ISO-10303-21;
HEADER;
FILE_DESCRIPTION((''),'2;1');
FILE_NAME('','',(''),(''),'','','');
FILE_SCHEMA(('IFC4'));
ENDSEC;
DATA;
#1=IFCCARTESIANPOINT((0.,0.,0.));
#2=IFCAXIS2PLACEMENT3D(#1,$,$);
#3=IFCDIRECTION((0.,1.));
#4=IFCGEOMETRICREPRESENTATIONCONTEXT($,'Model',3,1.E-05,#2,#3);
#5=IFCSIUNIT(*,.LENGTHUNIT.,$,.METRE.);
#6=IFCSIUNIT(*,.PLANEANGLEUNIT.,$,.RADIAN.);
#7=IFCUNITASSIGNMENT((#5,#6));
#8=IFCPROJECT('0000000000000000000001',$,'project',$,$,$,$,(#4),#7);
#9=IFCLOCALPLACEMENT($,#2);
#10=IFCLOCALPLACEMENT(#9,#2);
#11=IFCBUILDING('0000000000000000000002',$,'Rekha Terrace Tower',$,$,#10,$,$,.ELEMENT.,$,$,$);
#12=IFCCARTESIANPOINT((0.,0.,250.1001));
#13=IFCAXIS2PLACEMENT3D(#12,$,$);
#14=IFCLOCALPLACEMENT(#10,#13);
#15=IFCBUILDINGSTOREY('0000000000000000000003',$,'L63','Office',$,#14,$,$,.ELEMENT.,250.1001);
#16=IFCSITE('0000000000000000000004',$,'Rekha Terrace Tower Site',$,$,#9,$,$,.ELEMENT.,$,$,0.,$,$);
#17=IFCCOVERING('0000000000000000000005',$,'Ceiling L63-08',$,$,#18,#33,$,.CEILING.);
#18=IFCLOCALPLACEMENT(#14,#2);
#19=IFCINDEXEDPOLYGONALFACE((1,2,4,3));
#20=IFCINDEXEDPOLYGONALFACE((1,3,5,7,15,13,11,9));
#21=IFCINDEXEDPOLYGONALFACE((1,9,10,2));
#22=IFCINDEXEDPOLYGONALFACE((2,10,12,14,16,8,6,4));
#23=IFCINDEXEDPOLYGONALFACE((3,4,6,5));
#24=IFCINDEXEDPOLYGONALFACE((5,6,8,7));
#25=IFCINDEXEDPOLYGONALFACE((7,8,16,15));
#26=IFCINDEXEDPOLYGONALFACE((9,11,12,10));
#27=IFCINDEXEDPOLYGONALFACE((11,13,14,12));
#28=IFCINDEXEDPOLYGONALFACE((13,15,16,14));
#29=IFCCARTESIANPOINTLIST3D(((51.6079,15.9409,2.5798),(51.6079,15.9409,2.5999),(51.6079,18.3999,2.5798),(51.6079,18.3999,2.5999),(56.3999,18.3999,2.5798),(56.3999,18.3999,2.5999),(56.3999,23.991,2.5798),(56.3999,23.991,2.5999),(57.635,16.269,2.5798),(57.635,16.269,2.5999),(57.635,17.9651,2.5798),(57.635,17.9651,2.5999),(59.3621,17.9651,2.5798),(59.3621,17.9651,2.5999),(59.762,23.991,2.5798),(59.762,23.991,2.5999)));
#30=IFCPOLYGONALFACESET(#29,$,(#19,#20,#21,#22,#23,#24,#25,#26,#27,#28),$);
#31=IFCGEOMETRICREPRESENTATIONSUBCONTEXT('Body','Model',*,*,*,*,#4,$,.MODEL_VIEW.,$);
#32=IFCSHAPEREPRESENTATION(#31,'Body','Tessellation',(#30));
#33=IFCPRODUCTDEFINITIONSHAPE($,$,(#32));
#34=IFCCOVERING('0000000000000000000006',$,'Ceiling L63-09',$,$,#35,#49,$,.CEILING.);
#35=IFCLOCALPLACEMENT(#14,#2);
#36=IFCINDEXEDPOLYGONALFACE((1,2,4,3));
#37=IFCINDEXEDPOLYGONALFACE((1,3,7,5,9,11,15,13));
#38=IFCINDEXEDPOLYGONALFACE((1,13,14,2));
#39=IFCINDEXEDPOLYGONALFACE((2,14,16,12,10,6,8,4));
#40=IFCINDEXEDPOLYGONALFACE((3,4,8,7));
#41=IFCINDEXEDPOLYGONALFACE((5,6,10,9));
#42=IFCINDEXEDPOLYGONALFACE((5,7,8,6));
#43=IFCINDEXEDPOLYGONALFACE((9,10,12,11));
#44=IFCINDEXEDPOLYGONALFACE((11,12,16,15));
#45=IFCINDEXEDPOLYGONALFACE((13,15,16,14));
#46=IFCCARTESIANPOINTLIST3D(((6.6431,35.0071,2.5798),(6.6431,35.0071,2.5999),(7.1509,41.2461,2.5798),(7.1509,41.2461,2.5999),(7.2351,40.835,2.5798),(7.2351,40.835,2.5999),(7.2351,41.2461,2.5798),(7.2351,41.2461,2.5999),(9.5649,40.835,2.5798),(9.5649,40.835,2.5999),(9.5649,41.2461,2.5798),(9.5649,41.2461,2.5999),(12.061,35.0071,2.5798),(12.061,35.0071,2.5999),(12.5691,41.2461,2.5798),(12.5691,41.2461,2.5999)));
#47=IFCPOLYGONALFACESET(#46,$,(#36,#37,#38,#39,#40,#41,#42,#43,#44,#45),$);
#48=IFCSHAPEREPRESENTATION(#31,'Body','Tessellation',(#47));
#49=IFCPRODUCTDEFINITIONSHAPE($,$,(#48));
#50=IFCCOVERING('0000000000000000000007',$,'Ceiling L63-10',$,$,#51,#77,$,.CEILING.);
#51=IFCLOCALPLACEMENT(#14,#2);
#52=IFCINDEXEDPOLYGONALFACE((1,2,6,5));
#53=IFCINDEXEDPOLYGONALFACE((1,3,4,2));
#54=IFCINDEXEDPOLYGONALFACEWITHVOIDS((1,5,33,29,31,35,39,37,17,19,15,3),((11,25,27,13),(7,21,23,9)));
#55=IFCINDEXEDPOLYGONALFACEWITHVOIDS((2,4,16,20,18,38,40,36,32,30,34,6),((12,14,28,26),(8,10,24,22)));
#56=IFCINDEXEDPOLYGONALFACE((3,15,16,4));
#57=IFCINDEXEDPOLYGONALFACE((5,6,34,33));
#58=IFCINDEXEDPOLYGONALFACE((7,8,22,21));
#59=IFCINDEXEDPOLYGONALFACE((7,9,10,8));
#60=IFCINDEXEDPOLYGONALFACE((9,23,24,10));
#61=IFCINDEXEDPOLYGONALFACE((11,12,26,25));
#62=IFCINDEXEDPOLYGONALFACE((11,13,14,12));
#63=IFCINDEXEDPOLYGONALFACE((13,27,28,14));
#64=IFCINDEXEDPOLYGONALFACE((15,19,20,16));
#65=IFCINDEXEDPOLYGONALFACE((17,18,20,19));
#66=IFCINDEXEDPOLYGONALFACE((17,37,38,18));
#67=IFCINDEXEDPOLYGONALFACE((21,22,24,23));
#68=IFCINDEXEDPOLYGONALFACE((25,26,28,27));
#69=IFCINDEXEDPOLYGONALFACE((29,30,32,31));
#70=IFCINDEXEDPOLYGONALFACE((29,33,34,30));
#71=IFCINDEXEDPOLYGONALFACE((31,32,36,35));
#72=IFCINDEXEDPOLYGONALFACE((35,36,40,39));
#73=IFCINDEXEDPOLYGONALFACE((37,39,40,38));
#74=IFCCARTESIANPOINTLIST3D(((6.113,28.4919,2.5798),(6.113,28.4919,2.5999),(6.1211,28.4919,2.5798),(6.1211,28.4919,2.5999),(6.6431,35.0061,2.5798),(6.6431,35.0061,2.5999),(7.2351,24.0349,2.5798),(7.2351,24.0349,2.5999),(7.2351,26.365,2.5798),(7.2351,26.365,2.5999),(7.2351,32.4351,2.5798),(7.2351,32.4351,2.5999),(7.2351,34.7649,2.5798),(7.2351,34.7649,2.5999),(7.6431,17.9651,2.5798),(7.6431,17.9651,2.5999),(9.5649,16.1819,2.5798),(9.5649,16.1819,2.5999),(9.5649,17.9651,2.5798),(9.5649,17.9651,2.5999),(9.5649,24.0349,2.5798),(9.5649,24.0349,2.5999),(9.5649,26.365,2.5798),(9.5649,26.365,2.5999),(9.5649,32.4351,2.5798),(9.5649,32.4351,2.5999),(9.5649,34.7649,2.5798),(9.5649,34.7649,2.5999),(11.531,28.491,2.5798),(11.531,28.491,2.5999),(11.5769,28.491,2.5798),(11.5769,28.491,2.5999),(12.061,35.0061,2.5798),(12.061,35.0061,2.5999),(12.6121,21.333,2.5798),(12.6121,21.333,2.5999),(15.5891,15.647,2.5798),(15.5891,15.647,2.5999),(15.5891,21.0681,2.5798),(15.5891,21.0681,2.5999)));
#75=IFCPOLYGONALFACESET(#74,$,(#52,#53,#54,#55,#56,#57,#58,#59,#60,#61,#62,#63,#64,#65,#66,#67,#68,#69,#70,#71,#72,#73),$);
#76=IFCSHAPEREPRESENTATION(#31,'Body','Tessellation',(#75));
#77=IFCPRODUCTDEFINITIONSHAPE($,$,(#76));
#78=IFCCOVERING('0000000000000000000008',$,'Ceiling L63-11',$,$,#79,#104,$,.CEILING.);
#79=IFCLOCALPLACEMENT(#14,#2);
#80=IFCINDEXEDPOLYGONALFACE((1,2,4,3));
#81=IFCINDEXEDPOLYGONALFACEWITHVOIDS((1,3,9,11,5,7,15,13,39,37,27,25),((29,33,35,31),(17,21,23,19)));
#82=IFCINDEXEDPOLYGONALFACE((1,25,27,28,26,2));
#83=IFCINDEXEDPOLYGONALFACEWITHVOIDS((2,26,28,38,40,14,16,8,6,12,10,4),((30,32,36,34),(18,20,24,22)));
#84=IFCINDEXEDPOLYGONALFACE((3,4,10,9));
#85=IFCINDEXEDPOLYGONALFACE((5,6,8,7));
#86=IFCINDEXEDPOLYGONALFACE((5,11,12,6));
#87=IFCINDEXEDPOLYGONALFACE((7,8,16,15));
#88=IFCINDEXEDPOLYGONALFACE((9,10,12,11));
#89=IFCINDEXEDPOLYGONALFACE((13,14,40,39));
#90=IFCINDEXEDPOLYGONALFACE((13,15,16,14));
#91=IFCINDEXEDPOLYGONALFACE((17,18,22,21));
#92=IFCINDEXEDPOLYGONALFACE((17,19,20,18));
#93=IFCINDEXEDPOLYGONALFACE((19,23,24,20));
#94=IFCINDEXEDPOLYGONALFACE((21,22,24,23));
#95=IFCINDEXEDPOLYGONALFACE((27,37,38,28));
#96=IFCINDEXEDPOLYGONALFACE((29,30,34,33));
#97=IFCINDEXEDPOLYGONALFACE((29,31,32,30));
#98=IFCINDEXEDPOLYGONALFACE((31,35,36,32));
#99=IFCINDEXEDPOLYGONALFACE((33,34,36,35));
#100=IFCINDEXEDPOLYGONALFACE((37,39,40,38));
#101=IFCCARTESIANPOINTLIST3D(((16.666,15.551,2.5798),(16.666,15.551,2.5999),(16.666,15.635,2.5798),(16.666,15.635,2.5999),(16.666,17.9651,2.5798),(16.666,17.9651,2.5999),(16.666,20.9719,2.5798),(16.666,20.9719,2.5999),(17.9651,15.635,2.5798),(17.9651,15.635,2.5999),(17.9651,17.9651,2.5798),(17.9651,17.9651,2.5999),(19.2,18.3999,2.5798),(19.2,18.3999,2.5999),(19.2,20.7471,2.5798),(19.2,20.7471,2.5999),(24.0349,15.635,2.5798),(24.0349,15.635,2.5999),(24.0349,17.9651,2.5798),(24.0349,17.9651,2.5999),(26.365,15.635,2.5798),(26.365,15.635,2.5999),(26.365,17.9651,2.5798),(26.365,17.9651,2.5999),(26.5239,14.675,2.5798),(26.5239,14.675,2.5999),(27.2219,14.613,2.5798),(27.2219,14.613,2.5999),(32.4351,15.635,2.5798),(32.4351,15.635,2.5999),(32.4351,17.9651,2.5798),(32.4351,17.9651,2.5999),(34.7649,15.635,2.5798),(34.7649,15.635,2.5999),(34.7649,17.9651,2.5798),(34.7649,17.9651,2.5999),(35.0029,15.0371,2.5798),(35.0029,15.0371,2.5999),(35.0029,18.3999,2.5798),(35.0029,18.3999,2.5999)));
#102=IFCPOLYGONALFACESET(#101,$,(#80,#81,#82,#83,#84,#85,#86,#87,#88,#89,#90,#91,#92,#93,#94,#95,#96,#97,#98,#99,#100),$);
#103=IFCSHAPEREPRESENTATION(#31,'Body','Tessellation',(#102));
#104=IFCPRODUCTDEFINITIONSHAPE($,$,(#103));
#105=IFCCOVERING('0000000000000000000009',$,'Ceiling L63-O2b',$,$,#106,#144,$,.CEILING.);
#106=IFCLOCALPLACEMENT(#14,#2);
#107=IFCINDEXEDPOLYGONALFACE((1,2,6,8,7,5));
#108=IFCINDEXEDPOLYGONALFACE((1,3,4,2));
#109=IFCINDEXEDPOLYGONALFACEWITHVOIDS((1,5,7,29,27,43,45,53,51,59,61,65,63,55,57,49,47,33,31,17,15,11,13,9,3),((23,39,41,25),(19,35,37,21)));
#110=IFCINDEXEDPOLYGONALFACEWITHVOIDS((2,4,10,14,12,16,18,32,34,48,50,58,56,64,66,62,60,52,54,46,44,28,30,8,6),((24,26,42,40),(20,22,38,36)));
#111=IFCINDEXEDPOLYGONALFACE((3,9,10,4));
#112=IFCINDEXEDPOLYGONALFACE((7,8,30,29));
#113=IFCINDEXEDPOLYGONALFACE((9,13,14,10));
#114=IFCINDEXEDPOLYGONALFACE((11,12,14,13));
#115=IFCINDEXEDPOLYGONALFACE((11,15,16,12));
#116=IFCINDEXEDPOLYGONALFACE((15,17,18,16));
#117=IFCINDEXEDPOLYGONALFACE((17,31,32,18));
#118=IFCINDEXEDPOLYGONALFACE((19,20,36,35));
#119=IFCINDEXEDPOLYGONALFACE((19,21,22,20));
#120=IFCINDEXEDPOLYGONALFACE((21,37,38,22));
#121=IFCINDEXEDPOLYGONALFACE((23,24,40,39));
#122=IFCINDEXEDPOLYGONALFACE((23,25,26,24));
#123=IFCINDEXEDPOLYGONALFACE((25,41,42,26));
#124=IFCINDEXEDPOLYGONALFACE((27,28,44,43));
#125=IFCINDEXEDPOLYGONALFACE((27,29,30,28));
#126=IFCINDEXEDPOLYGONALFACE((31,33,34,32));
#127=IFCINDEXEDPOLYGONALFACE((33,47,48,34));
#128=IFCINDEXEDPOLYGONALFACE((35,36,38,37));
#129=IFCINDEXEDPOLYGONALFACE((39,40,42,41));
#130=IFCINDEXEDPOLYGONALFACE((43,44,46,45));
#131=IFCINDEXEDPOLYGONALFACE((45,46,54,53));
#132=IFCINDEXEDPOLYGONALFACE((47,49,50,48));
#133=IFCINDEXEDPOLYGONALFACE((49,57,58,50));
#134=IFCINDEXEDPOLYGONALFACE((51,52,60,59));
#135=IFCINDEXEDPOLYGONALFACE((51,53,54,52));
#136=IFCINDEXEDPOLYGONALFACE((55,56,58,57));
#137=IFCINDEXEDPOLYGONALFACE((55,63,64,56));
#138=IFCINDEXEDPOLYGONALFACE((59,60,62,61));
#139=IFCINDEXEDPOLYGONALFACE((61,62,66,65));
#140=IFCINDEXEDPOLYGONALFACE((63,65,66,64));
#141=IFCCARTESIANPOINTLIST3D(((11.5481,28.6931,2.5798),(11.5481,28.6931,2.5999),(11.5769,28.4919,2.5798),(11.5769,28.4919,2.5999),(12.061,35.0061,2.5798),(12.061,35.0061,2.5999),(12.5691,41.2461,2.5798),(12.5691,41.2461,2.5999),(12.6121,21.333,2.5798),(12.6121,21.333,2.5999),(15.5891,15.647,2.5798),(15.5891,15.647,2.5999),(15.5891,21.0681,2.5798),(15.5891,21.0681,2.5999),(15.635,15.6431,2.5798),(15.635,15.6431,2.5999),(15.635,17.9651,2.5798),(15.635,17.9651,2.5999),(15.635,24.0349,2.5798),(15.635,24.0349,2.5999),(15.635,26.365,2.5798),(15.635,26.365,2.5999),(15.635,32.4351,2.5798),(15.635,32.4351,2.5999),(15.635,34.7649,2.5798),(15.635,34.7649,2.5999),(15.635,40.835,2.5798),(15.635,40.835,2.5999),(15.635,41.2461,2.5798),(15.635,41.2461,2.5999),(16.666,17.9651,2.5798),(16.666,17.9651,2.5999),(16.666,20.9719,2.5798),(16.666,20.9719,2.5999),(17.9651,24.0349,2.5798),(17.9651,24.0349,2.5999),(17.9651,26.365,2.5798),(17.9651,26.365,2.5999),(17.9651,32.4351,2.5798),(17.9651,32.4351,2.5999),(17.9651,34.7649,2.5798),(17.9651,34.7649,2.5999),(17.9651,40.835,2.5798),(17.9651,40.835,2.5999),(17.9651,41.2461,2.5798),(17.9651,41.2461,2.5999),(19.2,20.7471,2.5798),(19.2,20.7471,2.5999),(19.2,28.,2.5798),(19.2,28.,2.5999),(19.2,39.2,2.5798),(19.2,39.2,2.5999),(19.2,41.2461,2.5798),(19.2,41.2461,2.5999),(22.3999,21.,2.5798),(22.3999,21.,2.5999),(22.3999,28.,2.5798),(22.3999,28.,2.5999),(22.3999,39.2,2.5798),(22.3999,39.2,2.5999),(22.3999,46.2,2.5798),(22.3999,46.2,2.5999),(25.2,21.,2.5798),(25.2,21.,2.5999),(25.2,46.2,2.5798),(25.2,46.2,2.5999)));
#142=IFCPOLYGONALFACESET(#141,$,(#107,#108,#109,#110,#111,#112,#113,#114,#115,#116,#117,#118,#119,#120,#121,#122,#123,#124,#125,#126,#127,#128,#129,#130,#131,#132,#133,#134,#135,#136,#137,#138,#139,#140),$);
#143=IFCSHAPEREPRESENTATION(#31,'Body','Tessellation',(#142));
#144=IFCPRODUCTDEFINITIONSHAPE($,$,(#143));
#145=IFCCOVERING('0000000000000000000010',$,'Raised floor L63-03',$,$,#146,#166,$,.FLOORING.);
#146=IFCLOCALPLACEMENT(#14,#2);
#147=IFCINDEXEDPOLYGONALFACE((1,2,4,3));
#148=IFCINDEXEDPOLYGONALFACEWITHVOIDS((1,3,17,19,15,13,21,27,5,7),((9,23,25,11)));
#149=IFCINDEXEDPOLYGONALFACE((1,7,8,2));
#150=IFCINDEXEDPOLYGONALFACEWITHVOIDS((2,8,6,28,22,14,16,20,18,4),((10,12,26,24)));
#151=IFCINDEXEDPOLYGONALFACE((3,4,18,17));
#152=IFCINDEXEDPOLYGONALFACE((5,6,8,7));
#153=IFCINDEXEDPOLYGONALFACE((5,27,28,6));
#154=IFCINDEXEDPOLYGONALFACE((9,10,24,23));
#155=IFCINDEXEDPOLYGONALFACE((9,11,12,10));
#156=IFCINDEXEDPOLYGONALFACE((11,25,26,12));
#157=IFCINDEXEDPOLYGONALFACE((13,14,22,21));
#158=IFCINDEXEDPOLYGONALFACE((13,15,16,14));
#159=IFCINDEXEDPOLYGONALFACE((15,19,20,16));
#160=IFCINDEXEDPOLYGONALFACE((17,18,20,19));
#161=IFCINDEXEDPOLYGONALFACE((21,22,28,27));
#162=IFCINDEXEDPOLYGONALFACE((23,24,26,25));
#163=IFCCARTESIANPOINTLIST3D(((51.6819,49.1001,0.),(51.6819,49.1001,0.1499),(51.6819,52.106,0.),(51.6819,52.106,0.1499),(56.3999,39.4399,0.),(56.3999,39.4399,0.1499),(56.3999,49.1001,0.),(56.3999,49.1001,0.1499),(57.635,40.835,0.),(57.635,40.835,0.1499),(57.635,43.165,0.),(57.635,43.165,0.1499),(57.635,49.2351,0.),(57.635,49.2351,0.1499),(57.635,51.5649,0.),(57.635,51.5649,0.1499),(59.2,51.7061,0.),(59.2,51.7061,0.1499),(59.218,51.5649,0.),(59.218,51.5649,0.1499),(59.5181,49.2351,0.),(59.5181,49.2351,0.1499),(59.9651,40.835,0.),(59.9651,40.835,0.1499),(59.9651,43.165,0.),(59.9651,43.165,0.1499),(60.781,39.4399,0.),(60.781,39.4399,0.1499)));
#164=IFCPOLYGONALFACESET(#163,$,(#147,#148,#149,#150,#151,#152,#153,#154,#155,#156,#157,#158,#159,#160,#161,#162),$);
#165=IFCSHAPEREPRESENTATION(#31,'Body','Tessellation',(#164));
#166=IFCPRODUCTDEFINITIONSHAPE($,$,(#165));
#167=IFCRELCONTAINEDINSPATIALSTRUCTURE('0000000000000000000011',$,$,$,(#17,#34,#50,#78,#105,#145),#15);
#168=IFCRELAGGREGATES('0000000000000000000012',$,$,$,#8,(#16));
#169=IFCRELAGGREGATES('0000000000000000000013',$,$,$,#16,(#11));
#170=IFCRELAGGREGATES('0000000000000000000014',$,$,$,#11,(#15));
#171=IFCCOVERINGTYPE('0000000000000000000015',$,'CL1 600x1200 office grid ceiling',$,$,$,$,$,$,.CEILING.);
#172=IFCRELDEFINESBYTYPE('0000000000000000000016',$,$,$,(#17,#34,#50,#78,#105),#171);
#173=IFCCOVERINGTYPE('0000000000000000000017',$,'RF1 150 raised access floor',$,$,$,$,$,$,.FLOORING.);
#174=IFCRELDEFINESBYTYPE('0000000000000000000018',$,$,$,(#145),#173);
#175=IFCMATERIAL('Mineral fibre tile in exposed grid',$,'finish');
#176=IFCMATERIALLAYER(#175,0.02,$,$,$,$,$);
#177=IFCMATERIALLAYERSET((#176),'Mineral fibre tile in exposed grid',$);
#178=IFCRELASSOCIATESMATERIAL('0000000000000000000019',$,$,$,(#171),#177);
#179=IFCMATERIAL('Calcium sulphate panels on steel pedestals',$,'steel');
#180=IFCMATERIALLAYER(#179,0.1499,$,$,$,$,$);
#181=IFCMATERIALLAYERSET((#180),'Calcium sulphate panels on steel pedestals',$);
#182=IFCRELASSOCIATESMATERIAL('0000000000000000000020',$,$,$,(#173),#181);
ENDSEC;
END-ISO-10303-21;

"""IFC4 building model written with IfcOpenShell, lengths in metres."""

from ifc_helpers import new_model, si_unit, direction, frame, origin, place, context, subcontext, project, spatial, polyline, outline, extrude, material, layer, layer_set, type_object, element, save


model = new_model("IFC4")

# Units and contexts
model_context = context("Model", 3, precision=1e-05, world=origin(), true_north=direction((0.0, 1.0)))
body_context = subcontext(model_context, "Body", "Model", "MODEL_VIEW")
ifc_project = project(units=[si_unit("LENGTHUNIT", "METRE"), si_unit("PLANEANGLEUNIT", "RADIAN")], contexts=[model_context])

# Site, building, storey
site_placement = place(None, origin())
site = spatial("IfcSite", under=ifc_project, at=site_placement, Name="Rekha Terrace Tower Site", CompositionType="ELEMENT", RefElevation=0.0)
building_placement = place(site_placement, origin())
building = spatial("IfcBuilding", under=site, at=building_placement, Name="Rekha Terrace Tower", CompositionType="ELEMENT")
storey_placement = place(building_placement, frame((0.0, 0.0, 250.1001)))
storey = spatial("IfcBuildingStorey", under=building, at=storey_placement, Name="L63", Description="Office", CompositionType="ELEMENT", Elevation=250.1001)

# Coverings
ifc_material_1 = material(Name="Mineral fibre tile in exposed grid", Category="finish")
ifc_layer_1 = layer(ifc_material_1, 0.02)
ifc_layer_set_1 = layer_set([ifc_layer_1], Name="Mineral fibre tile in exposed grid")
covering_type_1 = type_object("IfcCoveringType", Name="CL1 600x1200 office grid ceiling", PredefinedType="CEILING", material=ifc_layer_set_1)
covering_1_placement = place(storey_placement, frame((0.0, 0.0, 2.5798)))
element("IfcCovering", 1, at=covering_1_placement, inside=storey, type_object=covering_type_1, Name="Ceiling L63-08", PredefinedType="CEILING", context=body_context, shape_type="SweptSolid", body=[
    extrude(outline(polyline([(59.3621, 17.9651), (59.762, 23.991), (56.3999, 23.991), (56.3999, 18.3999), (51.6079, 18.3999), (51.6079, 15.9409), (57.635, 16.269), (57.635, 17.9651), (59.3621, 17.9651)])), origin(), (0.0, 0.0, 1.0), 0.02),
])
covering_2_placement = place(storey_placement, frame((0.0, 0.0, 2.5798)))
element("IfcCovering", 2, at=covering_2_placement, inside=storey, type_object=covering_type_1, Name="Ceiling L63-09", PredefinedType="CEILING", context=body_context, shape_type="SweptSolid", body=[
    extrude(outline(polyline([(6.6431, 35.0071), (12.061, 35.0071), (12.5691, 41.2461), (9.5649, 41.2461), (9.5649, 40.835), (7.2351, 40.835), (7.2351, 41.2461), (7.1509, 41.2461), (6.6431, 35.0071)])), origin(), (0.0, 0.0, 1.0), 0.02),
])
covering_3_placement = place(storey_placement, frame((0.0, 0.0, 2.5798)))
element("IfcCovering", 3, at=covering_3_placement, inside=storey, type_object=covering_type_1, Name="Ceiling L63-10", PredefinedType="CEILING", context=body_context, shape_type="SweptSolid", body=[
    extrude(outline(polyline([(6.6431, 35.0061), (6.113, 28.4919), (6.1211, 28.4919), (7.6431, 17.9651), (9.5649, 17.9651), (9.5649, 16.1819), (15.5891, 15.647), (15.5891, 21.0681), (12.6121, 21.333), (11.5769, 28.491), (11.531, 28.491), (12.061, 35.0061), (6.6431, 35.0061)]), holes=[polyline([(9.5649, 26.365), (9.5649, 24.0349), (7.2351, 24.0349), (7.2351, 26.365), (9.5649, 26.365)]), polyline([(9.5649, 34.7649), (9.5649, 32.4351), (7.2351, 32.4351), (7.2351, 34.7649), (9.5649, 34.7649)])]), origin(), (0.0, 0.0, 1.0), 0.02),
])
covering_4_placement = place(storey_placement, frame((0.0, 0.0, 2.5798)))
element("IfcCovering", 4, at=covering_4_placement, inside=storey, type_object=covering_type_1, Name="Ceiling L63-11", PredefinedType="CEILING", context=body_context, shape_type="SweptSolid", body=[
    extrude(outline(polyline([(26.5239, 14.675), (27.2219, 14.613), (35.0029, 15.0371), (35.0029, 18.3999), (19.2, 18.3999), (19.2, 20.7471), (16.666, 20.9719), (16.666, 17.9651), (17.9651, 17.9651), (17.9651, 15.635), (16.666, 15.635), (16.666, 15.551), (26.5239, 14.675)]), holes=[polyline([(34.7649, 15.635), (32.4351, 15.635), (32.4351, 17.9651), (34.7649, 17.9651), (34.7649, 15.635)]), polyline([(26.365, 17.9651), (26.365, 15.635), (24.0349, 15.635), (24.0349, 17.9651), (26.365, 17.9651)])]), origin(), (0.0, 0.0, 1.0), 0.02),
])
covering_5_placement = place(storey_placement, frame((0.0, 0.0, 2.5798)))
element("IfcCovering", 5, at=covering_5_placement, inside=storey, type_object=covering_type_1, Name="Ceiling L63-O2b", PredefinedType="CEILING", context=body_context, shape_type="SweptSolid", body=[
    extrude(outline(polyline([(11.5481, 28.6931), (11.5769, 28.4919), (12.6121, 21.333), (15.5891, 21.0681), (15.5891, 15.647), (15.635, 15.6431), (15.635, 17.9651), (16.666, 17.9651), (16.666, 20.9719), (19.2, 20.7471), (19.2, 28.0), (22.3999, 28.0), (22.3999, 21.0), (25.2, 21.0), (25.2, 46.2), (22.3999, 46.2), (22.3999, 39.2), (19.2, 39.2), (19.2, 41.2461), (17.9651, 41.2461), (17.9651, 40.835), (15.635, 40.835), (15.635, 41.2461), (12.5691, 41.2461), (12.061, 35.0061), (11.5481, 28.6931)]), holes=[polyline([(17.9651, 26.365), (17.9651, 24.0349), (15.635, 24.0349), (15.635, 26.365), (17.9651, 26.365)]), polyline([(17.9651, 34.7649), (17.9651, 32.4351), (15.635, 32.4351), (15.635, 34.7649), (17.9651, 34.7649)])]), origin(), (0.0, 0.0, 1.0), 0.02),
])
ifc_material_2 = material(Name="Calcium sulphate panels on steel pedestals", Category="steel")
ifc_layer_2 = layer(ifc_material_2, 0.1499)
ifc_layer_set_2 = layer_set([ifc_layer_2], Name="Calcium sulphate panels on steel pedestals")
covering_type_2 = type_object("IfcCoveringType", Name="RF1 150 raised access floor", PredefinedType="FLOORING", material=ifc_layer_set_2)
covering_6_placement = place(storey_placement, origin())
element("IfcCovering", 6, at=covering_6_placement, inside=storey, type_object=covering_type_2, Name="Raised floor L63-03", PredefinedType="FLOORING", context=body_context, shape_type="SweptSolid", body=[
    extrude(outline(polyline([(59.2, 51.7061), (51.6819, 52.106), (51.6819, 49.1001), (56.3999, 49.1001), (56.3999, 39.4399), (60.781, 39.4399), (59.5181, 49.2351), (57.635, 49.2351), (57.635, 51.5649), (59.218, 51.5649), (59.2, 51.7061)]), holes=[polyline([(59.9651, 40.835), (57.635, 40.835), (57.635, 43.165), (59.9651, 43.165), (59.9651, 40.835)])]), origin(), (0.0, 0.0, 1.0), 0.1499),
])

save(model, "model.ifc")
